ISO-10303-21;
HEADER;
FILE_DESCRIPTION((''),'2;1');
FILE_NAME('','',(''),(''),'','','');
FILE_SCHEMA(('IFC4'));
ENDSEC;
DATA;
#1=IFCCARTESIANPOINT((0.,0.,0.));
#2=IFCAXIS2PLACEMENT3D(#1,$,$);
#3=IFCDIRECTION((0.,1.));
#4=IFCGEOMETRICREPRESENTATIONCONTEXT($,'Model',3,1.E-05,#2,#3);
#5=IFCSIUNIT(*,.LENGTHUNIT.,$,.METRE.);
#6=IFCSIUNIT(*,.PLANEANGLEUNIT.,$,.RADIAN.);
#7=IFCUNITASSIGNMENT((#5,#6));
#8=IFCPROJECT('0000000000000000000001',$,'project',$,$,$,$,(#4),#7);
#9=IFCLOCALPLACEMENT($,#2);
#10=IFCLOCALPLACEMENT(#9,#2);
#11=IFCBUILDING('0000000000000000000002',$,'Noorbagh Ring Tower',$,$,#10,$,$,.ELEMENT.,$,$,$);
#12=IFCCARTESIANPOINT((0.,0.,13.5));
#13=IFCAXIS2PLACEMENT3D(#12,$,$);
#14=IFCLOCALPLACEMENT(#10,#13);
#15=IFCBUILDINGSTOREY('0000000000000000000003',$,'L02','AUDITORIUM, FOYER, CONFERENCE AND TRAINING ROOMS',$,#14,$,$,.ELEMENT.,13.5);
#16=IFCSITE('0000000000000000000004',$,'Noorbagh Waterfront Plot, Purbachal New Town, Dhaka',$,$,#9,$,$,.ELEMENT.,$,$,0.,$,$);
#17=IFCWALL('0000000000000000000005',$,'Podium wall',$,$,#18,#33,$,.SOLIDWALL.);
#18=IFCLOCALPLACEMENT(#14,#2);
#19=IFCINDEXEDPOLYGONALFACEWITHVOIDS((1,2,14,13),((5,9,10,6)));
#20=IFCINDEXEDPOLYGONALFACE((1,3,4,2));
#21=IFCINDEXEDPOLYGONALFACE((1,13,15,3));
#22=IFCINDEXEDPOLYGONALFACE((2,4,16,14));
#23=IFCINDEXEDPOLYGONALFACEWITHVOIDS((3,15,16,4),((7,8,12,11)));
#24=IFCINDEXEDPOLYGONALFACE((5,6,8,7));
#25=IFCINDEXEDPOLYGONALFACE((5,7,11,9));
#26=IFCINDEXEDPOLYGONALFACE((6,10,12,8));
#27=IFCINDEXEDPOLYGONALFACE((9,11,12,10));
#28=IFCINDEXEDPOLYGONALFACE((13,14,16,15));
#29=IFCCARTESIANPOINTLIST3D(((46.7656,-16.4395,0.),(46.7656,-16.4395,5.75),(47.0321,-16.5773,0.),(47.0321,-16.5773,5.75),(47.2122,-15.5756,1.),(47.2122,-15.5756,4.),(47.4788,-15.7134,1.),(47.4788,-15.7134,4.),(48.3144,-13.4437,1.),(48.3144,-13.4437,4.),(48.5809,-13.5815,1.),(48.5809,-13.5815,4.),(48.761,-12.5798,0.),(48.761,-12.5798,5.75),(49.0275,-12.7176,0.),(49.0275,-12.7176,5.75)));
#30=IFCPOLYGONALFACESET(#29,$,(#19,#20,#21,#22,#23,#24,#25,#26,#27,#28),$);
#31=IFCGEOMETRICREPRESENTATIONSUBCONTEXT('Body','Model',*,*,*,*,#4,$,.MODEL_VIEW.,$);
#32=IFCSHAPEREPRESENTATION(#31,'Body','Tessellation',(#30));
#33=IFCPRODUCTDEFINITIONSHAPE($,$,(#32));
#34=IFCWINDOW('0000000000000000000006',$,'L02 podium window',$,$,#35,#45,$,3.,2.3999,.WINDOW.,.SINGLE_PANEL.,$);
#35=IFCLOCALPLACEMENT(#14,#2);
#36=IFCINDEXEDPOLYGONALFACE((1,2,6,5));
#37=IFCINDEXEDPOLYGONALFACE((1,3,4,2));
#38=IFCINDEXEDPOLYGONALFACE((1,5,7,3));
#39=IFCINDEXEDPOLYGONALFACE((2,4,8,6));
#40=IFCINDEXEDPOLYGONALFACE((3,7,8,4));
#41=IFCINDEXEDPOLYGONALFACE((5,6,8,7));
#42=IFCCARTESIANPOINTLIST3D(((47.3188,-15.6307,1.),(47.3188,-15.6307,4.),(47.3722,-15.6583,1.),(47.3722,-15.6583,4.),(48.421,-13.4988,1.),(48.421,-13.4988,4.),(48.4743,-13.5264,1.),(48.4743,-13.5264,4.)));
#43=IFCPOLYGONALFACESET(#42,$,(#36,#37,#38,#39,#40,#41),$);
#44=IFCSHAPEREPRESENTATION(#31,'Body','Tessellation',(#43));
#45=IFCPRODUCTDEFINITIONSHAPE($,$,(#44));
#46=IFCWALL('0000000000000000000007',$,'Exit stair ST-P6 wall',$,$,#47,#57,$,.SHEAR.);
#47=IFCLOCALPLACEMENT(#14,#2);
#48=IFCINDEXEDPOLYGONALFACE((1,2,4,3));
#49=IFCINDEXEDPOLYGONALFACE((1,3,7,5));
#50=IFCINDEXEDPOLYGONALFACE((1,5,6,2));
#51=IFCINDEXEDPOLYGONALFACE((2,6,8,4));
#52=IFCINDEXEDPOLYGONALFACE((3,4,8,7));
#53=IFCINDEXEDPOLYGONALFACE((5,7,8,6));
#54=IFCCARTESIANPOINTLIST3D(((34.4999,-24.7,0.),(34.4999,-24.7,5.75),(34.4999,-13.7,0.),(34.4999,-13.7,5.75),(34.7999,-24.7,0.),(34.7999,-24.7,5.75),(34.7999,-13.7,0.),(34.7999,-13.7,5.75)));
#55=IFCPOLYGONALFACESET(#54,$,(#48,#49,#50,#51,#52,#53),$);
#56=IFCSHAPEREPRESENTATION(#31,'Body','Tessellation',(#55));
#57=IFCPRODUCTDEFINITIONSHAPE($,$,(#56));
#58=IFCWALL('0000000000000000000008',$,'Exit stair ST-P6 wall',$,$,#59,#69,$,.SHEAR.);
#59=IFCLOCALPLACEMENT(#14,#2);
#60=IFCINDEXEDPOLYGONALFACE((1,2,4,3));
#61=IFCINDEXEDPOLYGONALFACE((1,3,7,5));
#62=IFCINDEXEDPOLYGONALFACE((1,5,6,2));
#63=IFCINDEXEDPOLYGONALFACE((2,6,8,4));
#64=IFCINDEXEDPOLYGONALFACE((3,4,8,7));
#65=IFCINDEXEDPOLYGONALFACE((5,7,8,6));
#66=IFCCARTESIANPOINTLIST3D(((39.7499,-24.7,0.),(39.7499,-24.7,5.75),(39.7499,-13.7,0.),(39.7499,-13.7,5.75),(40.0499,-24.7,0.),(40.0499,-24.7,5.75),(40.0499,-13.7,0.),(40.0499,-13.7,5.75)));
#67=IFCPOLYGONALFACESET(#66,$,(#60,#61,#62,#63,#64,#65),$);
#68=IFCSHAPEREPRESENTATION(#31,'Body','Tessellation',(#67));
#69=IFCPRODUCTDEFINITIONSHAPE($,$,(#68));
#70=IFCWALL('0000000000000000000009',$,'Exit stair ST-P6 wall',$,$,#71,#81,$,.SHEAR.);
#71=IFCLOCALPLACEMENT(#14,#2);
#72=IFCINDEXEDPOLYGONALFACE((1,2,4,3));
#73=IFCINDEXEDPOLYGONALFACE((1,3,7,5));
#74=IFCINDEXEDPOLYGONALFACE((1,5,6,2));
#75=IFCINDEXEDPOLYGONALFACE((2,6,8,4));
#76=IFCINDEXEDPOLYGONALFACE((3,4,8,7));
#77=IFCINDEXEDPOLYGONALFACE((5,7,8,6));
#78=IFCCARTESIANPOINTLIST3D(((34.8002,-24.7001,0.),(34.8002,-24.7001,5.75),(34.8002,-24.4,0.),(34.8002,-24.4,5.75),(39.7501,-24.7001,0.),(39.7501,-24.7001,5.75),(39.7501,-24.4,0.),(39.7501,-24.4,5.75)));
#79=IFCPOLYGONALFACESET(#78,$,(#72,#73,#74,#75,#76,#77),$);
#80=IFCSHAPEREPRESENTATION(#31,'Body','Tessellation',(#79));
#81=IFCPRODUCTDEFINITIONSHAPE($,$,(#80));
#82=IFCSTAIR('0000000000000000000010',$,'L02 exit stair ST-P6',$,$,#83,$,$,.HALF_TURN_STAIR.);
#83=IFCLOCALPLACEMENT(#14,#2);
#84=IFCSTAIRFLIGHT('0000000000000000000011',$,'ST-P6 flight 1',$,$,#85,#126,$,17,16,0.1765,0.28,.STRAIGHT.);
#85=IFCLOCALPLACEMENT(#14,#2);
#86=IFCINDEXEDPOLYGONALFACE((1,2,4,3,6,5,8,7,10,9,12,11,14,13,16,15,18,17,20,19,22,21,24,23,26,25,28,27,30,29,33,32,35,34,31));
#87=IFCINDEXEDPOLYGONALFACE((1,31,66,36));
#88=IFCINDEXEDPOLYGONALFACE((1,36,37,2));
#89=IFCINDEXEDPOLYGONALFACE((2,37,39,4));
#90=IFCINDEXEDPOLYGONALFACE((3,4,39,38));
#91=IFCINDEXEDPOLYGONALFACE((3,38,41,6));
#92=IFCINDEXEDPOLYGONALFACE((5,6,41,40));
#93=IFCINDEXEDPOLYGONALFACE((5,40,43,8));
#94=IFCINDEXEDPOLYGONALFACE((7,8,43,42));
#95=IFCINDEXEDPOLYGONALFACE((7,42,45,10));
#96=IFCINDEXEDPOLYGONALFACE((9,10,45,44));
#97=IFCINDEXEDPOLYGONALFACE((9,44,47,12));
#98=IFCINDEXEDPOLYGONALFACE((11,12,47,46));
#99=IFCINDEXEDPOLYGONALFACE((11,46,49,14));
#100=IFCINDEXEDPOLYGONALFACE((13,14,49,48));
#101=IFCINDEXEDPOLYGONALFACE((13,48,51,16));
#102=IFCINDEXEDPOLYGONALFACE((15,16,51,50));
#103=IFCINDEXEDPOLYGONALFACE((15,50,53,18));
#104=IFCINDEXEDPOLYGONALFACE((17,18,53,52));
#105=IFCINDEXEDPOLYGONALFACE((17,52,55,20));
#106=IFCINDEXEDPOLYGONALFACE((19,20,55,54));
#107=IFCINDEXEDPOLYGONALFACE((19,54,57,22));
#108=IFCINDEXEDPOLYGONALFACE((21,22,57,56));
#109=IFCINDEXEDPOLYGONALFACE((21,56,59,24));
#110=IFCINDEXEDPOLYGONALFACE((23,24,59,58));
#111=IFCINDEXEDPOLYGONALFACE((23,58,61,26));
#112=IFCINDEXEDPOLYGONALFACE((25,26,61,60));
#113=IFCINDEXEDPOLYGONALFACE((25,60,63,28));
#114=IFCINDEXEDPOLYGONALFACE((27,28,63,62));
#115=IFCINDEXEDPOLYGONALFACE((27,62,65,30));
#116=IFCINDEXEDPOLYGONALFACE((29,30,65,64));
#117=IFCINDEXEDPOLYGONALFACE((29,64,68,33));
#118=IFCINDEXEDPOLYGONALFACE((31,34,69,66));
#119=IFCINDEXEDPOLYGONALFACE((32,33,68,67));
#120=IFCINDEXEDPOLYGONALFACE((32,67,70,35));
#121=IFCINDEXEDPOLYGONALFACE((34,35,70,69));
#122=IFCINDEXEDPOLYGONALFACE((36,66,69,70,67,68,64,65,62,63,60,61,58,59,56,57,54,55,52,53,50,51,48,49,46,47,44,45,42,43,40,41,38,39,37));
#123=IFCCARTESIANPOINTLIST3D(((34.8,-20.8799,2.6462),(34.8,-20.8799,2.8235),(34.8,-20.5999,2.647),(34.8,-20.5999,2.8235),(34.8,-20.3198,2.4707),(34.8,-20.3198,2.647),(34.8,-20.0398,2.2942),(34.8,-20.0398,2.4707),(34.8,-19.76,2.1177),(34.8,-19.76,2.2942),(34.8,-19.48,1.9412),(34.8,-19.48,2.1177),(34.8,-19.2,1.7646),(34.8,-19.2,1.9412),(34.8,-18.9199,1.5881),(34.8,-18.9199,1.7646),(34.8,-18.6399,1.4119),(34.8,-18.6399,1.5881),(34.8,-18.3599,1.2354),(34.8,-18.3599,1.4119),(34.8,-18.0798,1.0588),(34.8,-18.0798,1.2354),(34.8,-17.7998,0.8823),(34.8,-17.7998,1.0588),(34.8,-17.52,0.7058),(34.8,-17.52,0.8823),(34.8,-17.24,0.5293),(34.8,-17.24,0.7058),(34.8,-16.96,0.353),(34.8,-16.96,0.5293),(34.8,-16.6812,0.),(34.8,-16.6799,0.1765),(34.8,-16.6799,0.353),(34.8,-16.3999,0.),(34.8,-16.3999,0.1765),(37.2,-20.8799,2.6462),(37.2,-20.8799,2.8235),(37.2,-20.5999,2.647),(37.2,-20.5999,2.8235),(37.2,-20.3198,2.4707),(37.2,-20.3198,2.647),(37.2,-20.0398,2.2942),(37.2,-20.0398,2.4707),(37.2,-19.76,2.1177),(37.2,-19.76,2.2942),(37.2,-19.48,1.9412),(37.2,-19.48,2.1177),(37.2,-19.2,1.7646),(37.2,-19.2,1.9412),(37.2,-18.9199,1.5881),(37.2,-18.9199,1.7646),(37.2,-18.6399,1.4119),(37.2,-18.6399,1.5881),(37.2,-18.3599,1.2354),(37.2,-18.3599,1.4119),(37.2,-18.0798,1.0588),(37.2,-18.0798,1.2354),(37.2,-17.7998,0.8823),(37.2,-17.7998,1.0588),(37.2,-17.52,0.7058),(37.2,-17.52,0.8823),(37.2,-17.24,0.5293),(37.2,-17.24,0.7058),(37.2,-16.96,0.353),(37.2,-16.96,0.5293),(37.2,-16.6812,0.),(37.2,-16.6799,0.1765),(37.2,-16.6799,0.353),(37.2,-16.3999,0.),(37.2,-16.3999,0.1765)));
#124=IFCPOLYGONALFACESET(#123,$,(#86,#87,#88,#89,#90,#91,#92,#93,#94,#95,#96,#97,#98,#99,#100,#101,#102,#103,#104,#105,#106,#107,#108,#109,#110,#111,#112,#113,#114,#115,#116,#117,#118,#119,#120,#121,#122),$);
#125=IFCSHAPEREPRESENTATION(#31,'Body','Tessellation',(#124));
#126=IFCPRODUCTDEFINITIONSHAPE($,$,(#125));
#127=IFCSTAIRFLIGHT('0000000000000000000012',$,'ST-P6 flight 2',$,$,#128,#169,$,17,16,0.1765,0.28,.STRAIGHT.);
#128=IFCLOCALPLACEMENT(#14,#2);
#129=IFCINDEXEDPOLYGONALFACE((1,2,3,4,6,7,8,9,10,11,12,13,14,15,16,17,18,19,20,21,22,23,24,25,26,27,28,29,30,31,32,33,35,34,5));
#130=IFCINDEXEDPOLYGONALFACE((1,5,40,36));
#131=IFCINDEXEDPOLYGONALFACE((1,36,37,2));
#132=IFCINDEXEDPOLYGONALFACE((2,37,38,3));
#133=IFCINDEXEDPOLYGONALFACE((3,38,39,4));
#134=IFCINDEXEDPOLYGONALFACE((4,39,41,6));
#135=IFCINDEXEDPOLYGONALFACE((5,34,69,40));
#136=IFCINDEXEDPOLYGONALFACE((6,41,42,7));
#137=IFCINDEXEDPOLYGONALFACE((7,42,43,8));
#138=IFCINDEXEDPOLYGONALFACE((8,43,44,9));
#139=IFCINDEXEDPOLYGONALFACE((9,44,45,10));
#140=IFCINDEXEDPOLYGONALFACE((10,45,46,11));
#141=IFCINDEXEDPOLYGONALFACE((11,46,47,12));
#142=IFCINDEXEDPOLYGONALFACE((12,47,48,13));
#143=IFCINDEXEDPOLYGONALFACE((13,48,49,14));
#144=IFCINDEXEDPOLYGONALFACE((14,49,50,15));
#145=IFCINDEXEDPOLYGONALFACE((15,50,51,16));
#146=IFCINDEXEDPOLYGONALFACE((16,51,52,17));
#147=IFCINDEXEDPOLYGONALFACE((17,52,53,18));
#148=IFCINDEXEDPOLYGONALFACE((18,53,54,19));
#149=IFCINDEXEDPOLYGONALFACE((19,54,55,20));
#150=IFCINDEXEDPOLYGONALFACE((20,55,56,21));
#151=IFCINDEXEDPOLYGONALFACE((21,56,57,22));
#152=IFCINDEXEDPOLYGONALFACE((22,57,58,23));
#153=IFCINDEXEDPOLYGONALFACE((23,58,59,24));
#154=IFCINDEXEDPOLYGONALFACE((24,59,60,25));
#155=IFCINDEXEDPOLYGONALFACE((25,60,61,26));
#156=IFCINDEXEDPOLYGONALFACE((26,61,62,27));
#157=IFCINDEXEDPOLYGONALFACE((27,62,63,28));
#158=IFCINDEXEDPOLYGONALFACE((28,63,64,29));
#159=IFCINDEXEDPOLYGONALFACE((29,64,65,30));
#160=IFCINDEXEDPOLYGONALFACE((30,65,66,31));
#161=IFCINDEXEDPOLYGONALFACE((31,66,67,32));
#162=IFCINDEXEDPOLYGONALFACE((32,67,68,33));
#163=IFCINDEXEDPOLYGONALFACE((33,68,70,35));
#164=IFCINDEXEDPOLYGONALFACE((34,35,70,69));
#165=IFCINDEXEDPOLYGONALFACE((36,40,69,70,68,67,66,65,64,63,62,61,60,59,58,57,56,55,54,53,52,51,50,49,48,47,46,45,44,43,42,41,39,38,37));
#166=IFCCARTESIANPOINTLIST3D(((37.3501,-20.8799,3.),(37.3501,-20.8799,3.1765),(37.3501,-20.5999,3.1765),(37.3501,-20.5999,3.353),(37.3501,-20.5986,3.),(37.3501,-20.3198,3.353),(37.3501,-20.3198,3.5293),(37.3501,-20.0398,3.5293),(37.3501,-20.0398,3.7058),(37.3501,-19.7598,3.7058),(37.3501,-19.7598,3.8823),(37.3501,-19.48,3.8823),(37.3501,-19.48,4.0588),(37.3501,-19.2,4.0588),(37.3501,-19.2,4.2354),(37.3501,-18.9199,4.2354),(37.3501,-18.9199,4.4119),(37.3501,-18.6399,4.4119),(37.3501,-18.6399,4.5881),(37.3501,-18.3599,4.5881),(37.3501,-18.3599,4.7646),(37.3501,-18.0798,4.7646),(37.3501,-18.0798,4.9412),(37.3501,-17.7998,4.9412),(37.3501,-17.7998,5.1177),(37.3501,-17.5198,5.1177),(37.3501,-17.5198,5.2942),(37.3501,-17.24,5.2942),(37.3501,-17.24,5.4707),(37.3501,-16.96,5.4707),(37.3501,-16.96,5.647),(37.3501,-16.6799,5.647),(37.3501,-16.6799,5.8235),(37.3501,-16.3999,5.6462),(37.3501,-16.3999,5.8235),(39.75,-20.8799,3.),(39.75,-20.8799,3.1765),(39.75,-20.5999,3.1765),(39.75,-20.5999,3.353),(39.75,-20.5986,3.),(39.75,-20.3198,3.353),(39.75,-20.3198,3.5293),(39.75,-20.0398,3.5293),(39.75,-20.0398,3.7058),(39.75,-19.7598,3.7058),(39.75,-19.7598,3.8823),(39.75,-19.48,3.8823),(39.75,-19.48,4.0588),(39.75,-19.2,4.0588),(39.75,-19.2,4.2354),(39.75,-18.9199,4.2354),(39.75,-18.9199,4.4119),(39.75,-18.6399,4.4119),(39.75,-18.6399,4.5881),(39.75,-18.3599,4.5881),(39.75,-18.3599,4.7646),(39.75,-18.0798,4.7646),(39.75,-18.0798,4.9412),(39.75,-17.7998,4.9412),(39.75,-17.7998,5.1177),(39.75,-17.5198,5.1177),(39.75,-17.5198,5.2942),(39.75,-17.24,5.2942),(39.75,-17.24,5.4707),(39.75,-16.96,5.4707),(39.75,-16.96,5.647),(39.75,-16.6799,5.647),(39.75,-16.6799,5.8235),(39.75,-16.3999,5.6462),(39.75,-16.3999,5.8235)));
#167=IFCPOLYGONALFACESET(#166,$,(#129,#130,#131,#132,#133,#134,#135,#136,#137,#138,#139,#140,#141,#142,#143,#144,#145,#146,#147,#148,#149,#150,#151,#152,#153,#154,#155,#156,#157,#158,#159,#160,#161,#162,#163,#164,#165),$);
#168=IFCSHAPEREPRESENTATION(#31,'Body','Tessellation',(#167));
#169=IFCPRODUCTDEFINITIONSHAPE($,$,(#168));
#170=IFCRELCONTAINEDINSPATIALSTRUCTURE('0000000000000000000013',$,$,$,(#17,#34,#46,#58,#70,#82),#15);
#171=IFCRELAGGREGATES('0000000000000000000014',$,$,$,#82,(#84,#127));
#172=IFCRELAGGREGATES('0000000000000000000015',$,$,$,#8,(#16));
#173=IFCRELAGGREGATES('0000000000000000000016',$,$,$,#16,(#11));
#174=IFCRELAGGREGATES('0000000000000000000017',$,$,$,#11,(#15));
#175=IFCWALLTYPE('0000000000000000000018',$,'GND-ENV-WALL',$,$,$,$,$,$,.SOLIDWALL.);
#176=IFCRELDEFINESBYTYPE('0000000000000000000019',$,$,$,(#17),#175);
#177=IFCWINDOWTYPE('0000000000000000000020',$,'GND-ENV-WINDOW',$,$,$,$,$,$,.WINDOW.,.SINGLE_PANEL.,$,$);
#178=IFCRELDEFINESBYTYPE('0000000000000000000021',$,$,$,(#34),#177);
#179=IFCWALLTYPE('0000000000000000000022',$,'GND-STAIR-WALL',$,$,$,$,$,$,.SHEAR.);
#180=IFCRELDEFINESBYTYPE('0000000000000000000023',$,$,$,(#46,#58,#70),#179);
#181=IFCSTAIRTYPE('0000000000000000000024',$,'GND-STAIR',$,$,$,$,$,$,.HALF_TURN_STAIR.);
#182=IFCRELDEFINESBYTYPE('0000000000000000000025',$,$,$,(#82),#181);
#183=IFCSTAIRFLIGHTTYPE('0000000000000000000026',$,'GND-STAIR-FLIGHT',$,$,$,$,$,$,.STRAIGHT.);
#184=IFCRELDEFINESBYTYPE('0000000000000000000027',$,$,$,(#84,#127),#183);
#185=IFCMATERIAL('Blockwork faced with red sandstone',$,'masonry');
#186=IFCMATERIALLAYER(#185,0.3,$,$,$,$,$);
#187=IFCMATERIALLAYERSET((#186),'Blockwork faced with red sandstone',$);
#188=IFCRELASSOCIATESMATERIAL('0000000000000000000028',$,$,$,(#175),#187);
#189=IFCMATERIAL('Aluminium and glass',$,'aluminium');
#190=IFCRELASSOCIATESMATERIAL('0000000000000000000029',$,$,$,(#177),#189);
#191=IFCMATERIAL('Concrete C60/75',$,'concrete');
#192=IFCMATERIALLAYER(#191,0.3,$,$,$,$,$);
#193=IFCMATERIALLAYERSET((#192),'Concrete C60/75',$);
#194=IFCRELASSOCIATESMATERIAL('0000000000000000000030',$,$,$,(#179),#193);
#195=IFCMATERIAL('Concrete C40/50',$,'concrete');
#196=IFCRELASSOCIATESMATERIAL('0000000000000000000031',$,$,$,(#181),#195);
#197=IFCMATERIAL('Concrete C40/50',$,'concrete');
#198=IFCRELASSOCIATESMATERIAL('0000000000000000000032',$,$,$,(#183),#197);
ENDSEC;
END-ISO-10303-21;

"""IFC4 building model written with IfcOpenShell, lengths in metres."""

from ifc_helpers import new_model, si_unit, direction, frame, frame_2d, origin, place, context, subcontext, project, spatial, polyline, rectangle, outline, extrude, material, layer, layer_set, type_object, element, fill, aggregate, save


model = new_model("IFC4")

# Units and contexts
model_context = context("Model", 3, precision=1e-05, world=origin(), true_north=direction((0.0, 1.0)))
body_context = subcontext(model_context, "Body", "Model", "MODEL_VIEW")
ifc_project = project(units=[si_unit("LENGTHUNIT", "METRE"), si_unit("PLANEANGLEUNIT", "RADIAN")], contexts=[model_context])

# Site, building, storey
site_placement = place(None, origin())
site = spatial("IfcSite", under=ifc_project, at=site_placement, Name="Noorbagh Waterfront Plot, Purbachal New Town, Dhaka", CompositionType="ELEMENT", RefElevation=0.0)
building_placement = place(site_placement, origin())
building = spatial("IfcBuilding", under=site, at=building_placement, Name="Noorbagh Ring Tower", CompositionType="ELEMENT")
storey_placement = place(building_placement, frame((0.0, 0.0, 13.5)))
storey = spatial("IfcBuildingStorey", under=building, at=storey_placement, Name="L02", Description="AUDITORIUM, FOYER, CONFERENCE AND TRAINING ROOMS", CompositionType="ELEMENT", Elevation=13.5)

# Shared definitions
ifc_material_1 = material(Name="Blockwork faced with red sandstone", Category="masonry")
ifc_layer_1 = layer(ifc_material_1, 0.3)
ifc_layer_set_1 = layer_set([ifc_layer_1], Name="Blockwork faced with red sandstone")
wall_type_1 = type_object("IfcWallType", Name="GND-ENV-WALL", PredefinedType="SOLIDWALL", material=ifc_layer_set_1)
ifc_material_2 = material(Name="Aluminium and glass", Category="aluminium")
window_type = type_object("IfcWindowType", Name="GND-ENV-WINDOW", PartitioningType="SINGLE_PANEL", PredefinedType="WINDOW", material=ifc_material_2)

# Wall, opening, window
wall_1_placement = place(storey_placement, frame((46.8989, -16.5083, 0.0), z_axis=(0.0, 0.0, 1.0), x_axis=(0.459243, 0.888311, 0.0)))
wall_1 = element("IfcWall", 1, at=wall_1_placement, inside=storey, type_object=wall_type_1, Name="Podium wall", PredefinedType="SOLIDWALL", context=body_context, shape_type="SweptSolid", body=[
    extrude(rectangle(XDim=4.345, YDim=0.3, at=frame_2d((2.1724, 0.0))), origin(), (0.0, 0.0, 1.0), 5.75),
])
opening_1_placement = place(wall_1_placement, frame((0.9724, 0.0, 1.0)))
opening_1 = element("IfcOpeningElement", 2, at=opening_1_placement, cuts=wall_1, PredefinedType="OPENING", context=body_context, shape_type="SweptSolid", body=[
    extrude(rectangle(XDim=2.3999, YDim=3.0, at=frame_2d((1.2, 1.5))), frame((0.0, 0.1602, 0.0), z_axis=(0.0, -1.0, 0.0), x_axis=(1.0, 0.0, 0.0)), (0.0, 0.0, 1.0), 0.3201),
])
window_1_placement = place(opening_1_placement, origin())
window_1 = element("IfcWindow", 3, at=window_1_placement, inside=storey, type_object=window_type, Name="L02 podium window", OverallHeight=3.0, OverallWidth=2.3999, PartitioningType="SINGLE_PANEL", PredefinedType="WINDOW", context=body_context, shape_type="SweptSolid", body=[
    extrude(rectangle(XDim=2.3999, YDim=3.0, at=frame_2d((1.2, 1.5))), frame((0.0, 0.03, 0.0), z_axis=(0.0, -1.0, 0.0), x_axis=(1.0, 0.0, 0.0)), (0.0, 0.0, 1.0), 0.0601),
])
fill(opening_1, window_1)

# Walls
ifc_material_3 = material(Name="Concrete C60/75", Category="concrete")
ifc_layer_2 = layer(ifc_material_3, 0.3)
ifc_layer_set_2 = layer_set([ifc_layer_2], Name="Concrete C60/75")
wall_type_2 = type_object("IfcWallType", Name="GND-STAIR-WALL", PredefinedType="SHEAR", material=ifc_layer_set_2)
for number, where, z_axis, x_axis, name in (
    (4, (34.6499, -24.7, 0.0), (0.0, 0.0, 1.0), (0.0, 1.0, 0.0), "Exit stair ST-P6 wall"),
    (5, (39.8999, -24.7, 0.0), (0.0, 0.0, 1.0), (0.0, 1.0, 0.0), "Exit stair ST-P6 wall"),
):
    element("IfcWall", number, at=place(storey_placement, frame(where, z_axis=z_axis, x_axis=x_axis)), inside=storey, type_object=wall_type_2, Name=name, PredefinedType="SHEAR", context=body_context, shape_type="SweptSolid", body=[
        extrude(rectangle(XDim=11.0, YDim=0.3, at=frame_2d((5.5, 0.0))), origin(), (0.0, 0.0, 1.0), 5.75),
    ])
wall_2_placement = place(storey_placement, frame((34.8, -24.55, 0.0), z_axis=(0.0, 0.0, 1.0), x_axis=(1.0, 0.0, 0.0)))
element("IfcWall", 6, at=wall_2_placement, inside=storey, type_object=wall_type_2, Name="Exit stair ST-P6 wall", PredefinedType="SHEAR", context=body_context, shape_type="SweptSolid", body=[
    extrude(rectangle(XDim=4.95, YDim=0.3, at=frame_2d((2.4751, 0.0))), origin(), (0.0, 0.0, 1.0), 5.75),
])

# Stair, stair flights
ifc_material_4 = material(Name="Concrete C40/50", Category="concrete")
stair_type = type_object("IfcStairType", Name="GND-STAIR", PredefinedType="HALF_TURN_STAIR", material=ifc_material_4)
stair_placement = place(storey_placement, origin())
stair = element("IfcStair", 7, at=stair_placement, inside=storey, type_object=stair_type, Name="L02 exit stair ST-P6", PredefinedType="HALF_TURN_STAIR")
ifc_material_5 = material(Name="Concrete C40/50", Category="concrete")
stair_flight_type = type_object("IfcStairFlightType", Name="GND-STAIR-FLIGHT", PredefinedType="STRAIGHT", material=ifc_material_5)
stair_flight_1_placement = place(storey_placement, frame((36.0, -16.3999, 0.0), z_axis=(0.0, 0.0, 1.0), x_axis=(0.0, -1.0, 0.0)))
stair_flight_1 = element("IfcStairFlight", 8, at=stair_flight_1_placement, type_object=stair_flight_type, Name="ST-P6 flight 1", NumberOfRisers=17, NumberOfTreads=16, PredefinedType="STRAIGHT", RiserHeight=0.1765, TreadLength=0.28, context=body_context, shape_type="SweptSolid", body=[
    extrude(outline(polyline([(0.0, 0.0), (0.0, 0.1765), (0.28, 0.1765), (0.28, 0.353), (0.5601, 0.353), (0.5601, 0.5293), (0.8401, 0.5293), (0.8401, 0.7058), (1.1201, 0.7058), (1.1201, 0.8823), (1.3999, 0.8823), (1.3999, 1.0588), (1.6799, 1.0588), (1.6799, 1.2354), (1.96, 1.2354), (1.96, 1.4119), (2.24, 1.4119), (2.24, 1.5881), (2.52, 1.5881), (2.52, 1.7646), (2.8, 1.7646), (2.8, 1.9412), (3.0801, 1.9412), (3.0801, 2.1177), (3.3601, 2.1177), (3.3601, 2.2942), (3.6399, 2.2942), (3.6399, 2.4707), (3.9199, 2.4707), (3.9199, 2.647), (4.2, 2.647), (4.2, 2.8235), (4.48, 2.8235), (4.48, 3.0), (4.48, 2.6462), (0.2812, 0.0), (0.0, 0.0)])), frame((0.0, 1.2, 0.0), z_axis=(0.0, -1.0, 0.0), x_axis=(1.0, 0.0, 0.0)), (0.0, 0.0, 1.0), 2.3999),
])
stair_flight_2_placement = place(storey_placement, frame((38.55, -20.8799, 3.0), z_axis=(0.0, 0.0, 1.0), x_axis=(0.0, 1.0, 0.0)))
stair_flight_2 = element("IfcStairFlight", 9, at=stair_flight_2_placement, type_object=stair_flight_type, Name="ST-P6 flight 2", NumberOfRisers=17, NumberOfTreads=16, PredefinedType="STRAIGHT", RiserHeight=0.1765, TreadLength=0.28, context=body_context, shape_type="SweptSolid", body=[
    extrude(outline(polyline([(0.0, 0.0), (0.0, 0.1765), (0.28, 0.1765), (0.28, 0.353), (0.5601, 0.353), (0.5601, 0.5293), (0.8401, 0.5293), (0.8401, 0.7058), (1.1201, 0.7058), (1.1201, 0.8823), (1.3999, 0.8823), (1.3999, 1.0588), (1.6799, 1.0588), (1.6799, 1.2354), (1.96, 1.2354), (1.96, 1.4119), (2.24, 1.4119), (2.24, 1.5881), (2.52, 1.5881), (2.52, 1.7646), (2.8, 1.7646), (2.8, 1.9412), (3.0801, 1.9412), (3.0801, 2.1177), (3.3601, 2.1177), (3.3601, 2.2942), (3.6399, 2.2942), (3.6399, 2.4707), (3.9199, 2.4707), (3.9199, 2.647), (4.2, 2.647), (4.2, 2.8235), (4.48, 2.8235), (4.48, 3.0), (4.48, 2.6462), (0.2812, 0.0), (0.0, 0.0)])), frame((0.0, 1.2, 0.0), z_axis=(0.0, -1.0, 0.0), x_axis=(1.0, 0.0, 0.0)), (0.0, 0.0, 1.0), 2.3999),
])
aggregate(stair, [stair_flight_1, stair_flight_2])

save(model, "model.ifc")
